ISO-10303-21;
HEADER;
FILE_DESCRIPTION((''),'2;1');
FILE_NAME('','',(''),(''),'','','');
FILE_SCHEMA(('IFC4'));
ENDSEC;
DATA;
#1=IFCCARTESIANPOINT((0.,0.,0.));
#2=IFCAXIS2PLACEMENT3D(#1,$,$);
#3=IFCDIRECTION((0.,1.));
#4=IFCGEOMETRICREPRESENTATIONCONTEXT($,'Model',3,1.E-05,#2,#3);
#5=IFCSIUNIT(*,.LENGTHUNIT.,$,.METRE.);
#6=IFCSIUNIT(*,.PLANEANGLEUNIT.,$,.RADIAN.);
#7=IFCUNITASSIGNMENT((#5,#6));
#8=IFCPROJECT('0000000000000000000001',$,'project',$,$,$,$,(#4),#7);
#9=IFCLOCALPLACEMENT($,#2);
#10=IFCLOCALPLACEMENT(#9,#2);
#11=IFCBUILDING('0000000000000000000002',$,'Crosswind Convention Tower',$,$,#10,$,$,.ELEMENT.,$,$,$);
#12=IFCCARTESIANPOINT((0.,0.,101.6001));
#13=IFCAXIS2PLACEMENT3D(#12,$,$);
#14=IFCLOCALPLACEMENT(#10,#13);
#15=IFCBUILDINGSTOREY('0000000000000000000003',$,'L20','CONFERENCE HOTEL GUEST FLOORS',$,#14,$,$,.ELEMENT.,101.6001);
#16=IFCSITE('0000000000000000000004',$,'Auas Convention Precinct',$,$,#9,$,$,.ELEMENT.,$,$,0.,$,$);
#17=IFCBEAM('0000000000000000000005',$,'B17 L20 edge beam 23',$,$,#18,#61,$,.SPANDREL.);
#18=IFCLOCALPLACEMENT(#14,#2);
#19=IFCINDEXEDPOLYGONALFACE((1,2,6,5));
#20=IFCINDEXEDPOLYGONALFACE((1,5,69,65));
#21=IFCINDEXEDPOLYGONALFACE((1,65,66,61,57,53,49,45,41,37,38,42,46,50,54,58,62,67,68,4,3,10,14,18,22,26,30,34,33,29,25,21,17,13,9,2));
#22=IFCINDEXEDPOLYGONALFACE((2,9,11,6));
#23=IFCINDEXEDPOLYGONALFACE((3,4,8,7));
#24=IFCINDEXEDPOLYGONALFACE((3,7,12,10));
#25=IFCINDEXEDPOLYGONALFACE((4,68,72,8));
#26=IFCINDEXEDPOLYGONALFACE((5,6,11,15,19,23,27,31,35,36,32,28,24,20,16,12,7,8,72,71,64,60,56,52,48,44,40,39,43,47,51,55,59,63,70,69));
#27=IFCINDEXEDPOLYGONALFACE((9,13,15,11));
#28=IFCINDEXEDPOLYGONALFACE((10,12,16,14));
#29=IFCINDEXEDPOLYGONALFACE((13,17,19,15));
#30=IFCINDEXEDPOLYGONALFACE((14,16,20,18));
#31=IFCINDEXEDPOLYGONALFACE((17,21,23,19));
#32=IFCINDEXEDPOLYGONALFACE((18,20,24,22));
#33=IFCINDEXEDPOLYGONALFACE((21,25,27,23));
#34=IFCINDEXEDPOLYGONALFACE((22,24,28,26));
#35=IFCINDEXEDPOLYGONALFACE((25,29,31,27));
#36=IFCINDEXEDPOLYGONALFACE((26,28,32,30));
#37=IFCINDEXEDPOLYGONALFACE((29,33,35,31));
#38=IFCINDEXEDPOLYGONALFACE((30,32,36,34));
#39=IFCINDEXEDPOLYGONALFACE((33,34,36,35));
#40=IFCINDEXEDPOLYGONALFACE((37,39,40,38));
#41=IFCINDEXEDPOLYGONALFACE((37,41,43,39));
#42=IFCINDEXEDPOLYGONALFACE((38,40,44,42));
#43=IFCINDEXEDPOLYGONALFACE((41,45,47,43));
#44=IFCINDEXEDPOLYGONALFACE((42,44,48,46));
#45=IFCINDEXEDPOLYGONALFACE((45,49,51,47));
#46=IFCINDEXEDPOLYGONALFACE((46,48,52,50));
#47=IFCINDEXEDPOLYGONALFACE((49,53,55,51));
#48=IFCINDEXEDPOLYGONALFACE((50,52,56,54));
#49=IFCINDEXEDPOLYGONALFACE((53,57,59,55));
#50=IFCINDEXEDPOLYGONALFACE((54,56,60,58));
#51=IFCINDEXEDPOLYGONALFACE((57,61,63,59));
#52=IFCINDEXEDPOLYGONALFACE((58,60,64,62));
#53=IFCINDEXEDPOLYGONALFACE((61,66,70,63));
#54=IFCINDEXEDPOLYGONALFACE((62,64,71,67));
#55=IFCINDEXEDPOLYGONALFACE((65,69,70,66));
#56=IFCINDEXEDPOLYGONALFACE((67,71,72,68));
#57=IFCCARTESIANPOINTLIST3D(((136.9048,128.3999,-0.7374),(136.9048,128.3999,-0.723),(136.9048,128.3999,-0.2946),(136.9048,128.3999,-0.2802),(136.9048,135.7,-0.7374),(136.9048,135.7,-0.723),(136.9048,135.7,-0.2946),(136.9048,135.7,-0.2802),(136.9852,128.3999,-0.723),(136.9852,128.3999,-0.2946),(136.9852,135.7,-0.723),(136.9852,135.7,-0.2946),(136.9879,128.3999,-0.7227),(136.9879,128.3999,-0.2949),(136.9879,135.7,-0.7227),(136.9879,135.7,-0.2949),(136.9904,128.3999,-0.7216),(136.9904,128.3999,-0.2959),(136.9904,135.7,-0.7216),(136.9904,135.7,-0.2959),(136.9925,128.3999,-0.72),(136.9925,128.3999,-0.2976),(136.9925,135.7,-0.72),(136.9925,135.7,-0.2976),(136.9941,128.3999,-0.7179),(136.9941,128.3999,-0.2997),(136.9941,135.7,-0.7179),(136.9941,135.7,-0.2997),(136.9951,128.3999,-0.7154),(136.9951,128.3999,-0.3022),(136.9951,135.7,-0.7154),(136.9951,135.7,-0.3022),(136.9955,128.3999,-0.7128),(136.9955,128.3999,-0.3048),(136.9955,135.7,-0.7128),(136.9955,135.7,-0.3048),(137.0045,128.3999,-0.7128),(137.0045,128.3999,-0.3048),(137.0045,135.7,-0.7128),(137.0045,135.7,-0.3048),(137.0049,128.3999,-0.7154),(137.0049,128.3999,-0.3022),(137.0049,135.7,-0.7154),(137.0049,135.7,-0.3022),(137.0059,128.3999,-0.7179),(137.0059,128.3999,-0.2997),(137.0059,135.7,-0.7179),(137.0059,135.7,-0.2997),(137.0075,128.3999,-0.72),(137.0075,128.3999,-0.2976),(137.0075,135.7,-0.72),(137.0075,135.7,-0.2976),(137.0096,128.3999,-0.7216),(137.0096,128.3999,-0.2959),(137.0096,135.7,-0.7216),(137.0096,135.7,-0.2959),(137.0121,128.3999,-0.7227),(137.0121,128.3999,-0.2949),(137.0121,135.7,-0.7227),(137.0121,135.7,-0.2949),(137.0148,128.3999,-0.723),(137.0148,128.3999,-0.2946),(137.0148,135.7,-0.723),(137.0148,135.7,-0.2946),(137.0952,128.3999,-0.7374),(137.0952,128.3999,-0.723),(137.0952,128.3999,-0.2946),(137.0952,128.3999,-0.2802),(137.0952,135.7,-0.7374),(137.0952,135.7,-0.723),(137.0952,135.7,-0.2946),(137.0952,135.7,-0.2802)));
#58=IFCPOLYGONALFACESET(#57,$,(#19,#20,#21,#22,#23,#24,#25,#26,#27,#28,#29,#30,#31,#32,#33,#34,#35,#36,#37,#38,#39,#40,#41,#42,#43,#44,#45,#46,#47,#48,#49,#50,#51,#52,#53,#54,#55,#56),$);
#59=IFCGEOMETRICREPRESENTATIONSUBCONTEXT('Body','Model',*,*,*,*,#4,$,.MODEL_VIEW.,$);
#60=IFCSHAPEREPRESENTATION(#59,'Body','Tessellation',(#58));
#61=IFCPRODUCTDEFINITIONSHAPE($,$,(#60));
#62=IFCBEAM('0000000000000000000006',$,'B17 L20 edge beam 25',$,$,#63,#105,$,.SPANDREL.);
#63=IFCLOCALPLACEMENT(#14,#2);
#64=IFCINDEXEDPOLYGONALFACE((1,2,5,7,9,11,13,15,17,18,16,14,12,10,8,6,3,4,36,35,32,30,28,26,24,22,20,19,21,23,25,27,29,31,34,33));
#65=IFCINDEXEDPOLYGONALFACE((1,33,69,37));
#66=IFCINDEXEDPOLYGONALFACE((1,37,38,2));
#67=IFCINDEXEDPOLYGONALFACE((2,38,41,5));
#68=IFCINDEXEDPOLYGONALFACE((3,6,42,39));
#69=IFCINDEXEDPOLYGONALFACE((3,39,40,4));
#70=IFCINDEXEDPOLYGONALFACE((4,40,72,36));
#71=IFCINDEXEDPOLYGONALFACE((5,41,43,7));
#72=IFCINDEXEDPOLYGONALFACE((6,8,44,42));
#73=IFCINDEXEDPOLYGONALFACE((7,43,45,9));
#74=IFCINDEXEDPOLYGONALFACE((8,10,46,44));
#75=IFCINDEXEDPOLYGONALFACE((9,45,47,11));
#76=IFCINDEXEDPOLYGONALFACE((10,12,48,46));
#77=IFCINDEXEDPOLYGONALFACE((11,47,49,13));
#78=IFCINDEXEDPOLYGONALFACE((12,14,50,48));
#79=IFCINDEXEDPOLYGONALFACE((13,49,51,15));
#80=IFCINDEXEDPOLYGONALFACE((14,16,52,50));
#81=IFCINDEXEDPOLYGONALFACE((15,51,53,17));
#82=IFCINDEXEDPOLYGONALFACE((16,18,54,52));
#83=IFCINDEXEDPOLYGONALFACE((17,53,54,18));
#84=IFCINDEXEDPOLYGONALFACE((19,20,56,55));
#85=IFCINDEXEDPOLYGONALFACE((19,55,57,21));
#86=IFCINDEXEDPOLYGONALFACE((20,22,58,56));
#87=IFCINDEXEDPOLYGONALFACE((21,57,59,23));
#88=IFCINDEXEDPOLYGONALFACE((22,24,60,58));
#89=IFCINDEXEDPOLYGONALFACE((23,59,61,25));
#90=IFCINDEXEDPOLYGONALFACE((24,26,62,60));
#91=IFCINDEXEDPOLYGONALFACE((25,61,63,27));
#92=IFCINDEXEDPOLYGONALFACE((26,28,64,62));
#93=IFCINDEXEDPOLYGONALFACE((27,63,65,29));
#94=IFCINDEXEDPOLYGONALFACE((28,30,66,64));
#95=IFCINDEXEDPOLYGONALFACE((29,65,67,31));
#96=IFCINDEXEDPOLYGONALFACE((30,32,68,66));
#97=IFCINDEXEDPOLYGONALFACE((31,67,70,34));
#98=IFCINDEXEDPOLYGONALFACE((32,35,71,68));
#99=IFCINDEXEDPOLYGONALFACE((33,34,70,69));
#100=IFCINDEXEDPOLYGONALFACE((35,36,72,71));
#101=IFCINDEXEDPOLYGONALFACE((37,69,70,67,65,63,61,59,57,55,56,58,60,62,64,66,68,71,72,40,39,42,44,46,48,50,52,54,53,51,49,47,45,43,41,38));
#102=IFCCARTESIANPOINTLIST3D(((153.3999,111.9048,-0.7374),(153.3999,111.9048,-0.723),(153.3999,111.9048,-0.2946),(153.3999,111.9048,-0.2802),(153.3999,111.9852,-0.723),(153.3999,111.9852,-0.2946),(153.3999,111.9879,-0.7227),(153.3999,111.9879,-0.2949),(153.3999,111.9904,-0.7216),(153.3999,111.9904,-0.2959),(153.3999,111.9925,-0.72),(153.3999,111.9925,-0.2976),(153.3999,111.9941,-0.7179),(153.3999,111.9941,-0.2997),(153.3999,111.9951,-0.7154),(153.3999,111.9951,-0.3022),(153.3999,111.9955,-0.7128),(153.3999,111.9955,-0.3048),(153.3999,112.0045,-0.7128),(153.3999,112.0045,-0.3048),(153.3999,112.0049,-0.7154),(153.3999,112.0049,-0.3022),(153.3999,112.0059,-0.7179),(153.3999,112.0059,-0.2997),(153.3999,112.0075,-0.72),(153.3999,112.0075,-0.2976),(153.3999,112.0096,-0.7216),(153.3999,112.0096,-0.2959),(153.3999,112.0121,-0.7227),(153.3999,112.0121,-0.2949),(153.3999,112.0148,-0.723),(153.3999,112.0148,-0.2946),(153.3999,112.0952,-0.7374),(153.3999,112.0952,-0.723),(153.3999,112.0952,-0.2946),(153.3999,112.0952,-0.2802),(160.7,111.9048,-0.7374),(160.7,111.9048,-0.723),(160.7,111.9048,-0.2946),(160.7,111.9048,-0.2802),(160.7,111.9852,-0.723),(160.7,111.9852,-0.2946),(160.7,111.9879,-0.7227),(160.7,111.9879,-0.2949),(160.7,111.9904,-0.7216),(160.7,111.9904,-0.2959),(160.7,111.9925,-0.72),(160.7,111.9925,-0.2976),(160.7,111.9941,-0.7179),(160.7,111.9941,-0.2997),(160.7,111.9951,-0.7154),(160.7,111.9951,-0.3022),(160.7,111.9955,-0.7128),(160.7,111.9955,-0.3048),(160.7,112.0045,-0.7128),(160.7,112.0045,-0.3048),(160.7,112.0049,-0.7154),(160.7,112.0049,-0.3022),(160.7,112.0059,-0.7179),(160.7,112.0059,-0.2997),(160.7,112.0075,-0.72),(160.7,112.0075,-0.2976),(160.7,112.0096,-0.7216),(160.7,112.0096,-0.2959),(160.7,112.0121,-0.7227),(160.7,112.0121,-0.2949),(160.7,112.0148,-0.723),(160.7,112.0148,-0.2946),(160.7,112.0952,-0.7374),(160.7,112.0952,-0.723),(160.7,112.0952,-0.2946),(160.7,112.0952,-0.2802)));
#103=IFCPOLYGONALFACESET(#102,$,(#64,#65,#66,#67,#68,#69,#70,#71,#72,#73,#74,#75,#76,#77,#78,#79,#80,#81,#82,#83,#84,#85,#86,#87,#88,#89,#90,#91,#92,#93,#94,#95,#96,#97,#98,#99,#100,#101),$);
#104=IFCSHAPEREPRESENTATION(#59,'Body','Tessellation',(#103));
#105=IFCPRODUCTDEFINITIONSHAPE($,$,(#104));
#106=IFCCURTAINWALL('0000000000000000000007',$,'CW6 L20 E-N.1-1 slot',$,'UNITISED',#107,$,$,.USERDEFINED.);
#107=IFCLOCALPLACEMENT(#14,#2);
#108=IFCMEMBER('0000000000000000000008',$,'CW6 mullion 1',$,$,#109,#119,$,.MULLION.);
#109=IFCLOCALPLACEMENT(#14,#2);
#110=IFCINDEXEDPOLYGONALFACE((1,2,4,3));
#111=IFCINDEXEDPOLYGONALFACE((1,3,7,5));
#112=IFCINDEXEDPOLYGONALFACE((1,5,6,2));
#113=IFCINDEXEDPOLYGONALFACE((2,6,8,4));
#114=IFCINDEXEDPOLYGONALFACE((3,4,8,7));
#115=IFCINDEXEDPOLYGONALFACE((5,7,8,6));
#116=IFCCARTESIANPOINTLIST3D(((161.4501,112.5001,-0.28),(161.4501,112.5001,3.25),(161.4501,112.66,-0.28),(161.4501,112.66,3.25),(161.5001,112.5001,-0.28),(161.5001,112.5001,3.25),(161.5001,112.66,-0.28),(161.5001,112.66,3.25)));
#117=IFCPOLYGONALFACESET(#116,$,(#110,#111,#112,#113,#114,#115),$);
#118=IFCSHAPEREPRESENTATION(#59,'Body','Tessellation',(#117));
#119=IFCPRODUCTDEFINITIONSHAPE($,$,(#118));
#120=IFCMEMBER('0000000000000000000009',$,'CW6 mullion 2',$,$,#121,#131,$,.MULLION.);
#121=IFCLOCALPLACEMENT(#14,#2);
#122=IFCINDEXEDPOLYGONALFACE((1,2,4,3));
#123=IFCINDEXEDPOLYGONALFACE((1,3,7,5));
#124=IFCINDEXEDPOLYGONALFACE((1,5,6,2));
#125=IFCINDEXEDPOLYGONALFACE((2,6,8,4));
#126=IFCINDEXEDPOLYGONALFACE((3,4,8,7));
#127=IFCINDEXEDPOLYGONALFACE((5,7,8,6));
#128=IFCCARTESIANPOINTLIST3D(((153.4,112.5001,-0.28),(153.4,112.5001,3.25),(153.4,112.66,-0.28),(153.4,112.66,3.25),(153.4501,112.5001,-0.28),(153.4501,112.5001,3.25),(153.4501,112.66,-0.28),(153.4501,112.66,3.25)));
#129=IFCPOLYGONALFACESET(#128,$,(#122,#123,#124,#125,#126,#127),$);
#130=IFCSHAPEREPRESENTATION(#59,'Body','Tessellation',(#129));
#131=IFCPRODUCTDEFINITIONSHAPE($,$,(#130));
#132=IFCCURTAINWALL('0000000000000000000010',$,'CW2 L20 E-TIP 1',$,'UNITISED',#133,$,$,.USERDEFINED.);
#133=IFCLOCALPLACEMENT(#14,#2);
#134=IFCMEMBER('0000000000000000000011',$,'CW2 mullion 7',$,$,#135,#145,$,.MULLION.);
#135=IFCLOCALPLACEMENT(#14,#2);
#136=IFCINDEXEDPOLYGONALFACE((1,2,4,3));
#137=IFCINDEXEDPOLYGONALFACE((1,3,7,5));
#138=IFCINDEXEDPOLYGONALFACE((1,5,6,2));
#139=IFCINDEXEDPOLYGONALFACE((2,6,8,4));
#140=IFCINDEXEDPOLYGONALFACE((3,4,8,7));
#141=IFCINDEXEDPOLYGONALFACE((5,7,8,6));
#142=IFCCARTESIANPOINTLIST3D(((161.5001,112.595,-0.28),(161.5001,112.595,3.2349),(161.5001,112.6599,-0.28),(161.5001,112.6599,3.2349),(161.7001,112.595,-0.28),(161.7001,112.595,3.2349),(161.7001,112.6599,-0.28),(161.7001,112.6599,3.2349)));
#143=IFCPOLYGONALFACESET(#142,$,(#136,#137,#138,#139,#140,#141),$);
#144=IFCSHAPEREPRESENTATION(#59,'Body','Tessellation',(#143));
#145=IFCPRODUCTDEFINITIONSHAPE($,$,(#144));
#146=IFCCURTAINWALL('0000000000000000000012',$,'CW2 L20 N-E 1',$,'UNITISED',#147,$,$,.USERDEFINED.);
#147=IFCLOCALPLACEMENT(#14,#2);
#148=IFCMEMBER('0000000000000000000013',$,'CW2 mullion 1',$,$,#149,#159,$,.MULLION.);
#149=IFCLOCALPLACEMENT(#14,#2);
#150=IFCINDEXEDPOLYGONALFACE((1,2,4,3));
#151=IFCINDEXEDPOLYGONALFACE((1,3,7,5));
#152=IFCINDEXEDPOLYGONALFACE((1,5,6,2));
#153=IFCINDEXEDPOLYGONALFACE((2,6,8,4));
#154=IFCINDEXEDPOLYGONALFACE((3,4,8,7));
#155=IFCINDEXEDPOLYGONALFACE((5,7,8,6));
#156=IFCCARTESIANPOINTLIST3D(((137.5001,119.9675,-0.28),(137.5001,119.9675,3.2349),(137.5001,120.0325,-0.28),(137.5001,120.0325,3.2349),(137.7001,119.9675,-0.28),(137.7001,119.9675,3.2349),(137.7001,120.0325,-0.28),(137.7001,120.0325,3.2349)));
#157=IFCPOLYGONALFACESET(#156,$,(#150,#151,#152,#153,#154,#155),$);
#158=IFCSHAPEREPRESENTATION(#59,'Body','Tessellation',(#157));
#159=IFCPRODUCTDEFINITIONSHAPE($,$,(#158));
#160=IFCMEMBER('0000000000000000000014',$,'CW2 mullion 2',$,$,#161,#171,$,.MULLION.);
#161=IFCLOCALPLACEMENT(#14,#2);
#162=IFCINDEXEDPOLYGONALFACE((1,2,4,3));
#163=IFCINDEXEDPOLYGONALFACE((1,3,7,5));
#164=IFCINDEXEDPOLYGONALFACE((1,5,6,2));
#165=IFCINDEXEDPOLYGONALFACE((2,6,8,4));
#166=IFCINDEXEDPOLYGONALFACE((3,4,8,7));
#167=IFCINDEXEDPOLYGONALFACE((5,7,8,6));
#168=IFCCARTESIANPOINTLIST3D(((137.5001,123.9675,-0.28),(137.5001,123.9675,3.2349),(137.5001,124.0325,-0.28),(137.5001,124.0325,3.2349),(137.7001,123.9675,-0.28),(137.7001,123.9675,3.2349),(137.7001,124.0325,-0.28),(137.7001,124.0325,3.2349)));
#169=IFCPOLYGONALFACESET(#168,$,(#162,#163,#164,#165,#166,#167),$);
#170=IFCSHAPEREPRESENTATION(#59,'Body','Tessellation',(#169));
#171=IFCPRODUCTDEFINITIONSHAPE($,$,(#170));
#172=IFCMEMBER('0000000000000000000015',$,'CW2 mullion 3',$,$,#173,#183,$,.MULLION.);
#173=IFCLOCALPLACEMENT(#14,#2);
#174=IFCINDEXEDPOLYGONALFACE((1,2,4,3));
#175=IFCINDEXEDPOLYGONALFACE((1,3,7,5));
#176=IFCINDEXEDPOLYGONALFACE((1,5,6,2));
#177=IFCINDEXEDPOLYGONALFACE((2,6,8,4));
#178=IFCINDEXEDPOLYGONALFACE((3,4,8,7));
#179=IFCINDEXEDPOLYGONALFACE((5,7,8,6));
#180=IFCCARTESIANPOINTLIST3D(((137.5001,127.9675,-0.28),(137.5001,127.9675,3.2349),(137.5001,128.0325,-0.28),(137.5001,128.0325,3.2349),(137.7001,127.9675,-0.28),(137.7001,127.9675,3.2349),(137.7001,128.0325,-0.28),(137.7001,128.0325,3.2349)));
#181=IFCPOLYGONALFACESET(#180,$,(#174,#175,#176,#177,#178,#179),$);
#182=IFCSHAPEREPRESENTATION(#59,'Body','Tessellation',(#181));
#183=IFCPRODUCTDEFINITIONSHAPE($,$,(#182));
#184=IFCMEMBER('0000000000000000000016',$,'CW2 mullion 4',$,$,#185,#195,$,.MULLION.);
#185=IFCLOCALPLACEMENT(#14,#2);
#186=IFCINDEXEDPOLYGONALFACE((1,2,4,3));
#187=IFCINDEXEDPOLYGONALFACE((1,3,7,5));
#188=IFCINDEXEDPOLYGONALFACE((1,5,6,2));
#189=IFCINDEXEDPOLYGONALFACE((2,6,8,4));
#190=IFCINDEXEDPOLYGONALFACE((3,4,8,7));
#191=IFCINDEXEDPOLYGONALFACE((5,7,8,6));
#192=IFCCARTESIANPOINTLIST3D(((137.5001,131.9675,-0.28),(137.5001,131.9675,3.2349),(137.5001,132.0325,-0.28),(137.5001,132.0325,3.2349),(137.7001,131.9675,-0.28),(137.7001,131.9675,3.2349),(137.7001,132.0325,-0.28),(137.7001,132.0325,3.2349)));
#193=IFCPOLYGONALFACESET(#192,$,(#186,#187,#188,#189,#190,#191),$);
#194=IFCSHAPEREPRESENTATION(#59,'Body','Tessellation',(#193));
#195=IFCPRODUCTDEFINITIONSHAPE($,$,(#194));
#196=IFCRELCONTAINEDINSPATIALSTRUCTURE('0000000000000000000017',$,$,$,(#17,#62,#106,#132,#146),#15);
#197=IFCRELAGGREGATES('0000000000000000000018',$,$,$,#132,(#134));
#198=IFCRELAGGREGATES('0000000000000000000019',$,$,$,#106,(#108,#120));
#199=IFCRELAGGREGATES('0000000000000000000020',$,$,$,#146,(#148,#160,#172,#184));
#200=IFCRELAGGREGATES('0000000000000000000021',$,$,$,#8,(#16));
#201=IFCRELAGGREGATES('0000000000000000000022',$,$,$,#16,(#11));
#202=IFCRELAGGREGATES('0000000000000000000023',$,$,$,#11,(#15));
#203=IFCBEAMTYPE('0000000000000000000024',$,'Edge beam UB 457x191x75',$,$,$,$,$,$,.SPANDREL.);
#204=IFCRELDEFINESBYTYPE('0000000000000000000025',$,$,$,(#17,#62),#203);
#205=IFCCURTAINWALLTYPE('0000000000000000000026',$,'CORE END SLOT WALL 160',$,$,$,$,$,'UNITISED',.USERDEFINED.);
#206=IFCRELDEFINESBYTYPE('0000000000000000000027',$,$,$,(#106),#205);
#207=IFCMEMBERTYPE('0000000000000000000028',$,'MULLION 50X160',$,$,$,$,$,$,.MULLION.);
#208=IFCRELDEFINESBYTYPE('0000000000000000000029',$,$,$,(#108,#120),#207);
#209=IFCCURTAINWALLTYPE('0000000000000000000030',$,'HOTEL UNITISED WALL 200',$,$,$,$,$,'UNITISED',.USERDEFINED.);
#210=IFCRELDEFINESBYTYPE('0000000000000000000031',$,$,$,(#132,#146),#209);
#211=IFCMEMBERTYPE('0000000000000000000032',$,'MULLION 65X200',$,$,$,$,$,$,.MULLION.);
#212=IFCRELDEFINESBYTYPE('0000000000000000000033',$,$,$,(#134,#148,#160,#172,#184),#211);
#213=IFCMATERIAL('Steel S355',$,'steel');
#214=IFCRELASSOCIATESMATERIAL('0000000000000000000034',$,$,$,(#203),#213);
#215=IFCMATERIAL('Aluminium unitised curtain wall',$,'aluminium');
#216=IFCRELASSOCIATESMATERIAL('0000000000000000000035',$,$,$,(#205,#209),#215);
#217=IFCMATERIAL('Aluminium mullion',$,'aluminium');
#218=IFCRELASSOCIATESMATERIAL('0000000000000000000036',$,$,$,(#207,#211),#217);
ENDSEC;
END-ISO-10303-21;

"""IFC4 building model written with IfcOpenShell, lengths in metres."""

from ifc_helpers import new_model, si_unit, direction, frame, origin, origin_2d, place, context, subcontext, project, spatial, rectangle, i_section, extrude, material, material_profile, profile_set, type_object, element, aggregate, save


model = new_model("IFC4")

# Units and contexts
model_context = context("Model", 3, precision=1e-05, world=origin(), true_north=direction((0.0, 1.0)))
body_context = subcontext(model_context, "Body", "Model", "MODEL_VIEW")
ifc_project = project(units=[si_unit("LENGTHUNIT", "METRE"), si_unit("PLANEANGLEUNIT", "RADIAN")], contexts=[model_context])

# Site, building, storey
site_placement = place(None, origin())
site = spatial("IfcSite", under=ifc_project, at=site_placement, Name="Auas Convention Precinct", CompositionType="ELEMENT", RefElevation=0.0)
building_placement = place(site_placement, origin())
building = spatial("IfcBuilding", under=site, at=building_placement, Name="Crosswind Convention Tower", CompositionType="ELEMENT")
storey_placement = place(building_placement, frame((0.0, 0.0, 101.6001)))
storey = spatial("IfcBuildingStorey", under=building, at=storey_placement, Name="L20", Description="CONFERENCE HOTEL GUEST FLOORS", CompositionType="ELEMENT", Elevation=101.6001)

# Beams
ifc_material_1 = material(Name="Steel S355", Category="steel")
ifc_material_profile_1 = material_profile(ifc_material_1, i_section(OverallWidth=0.1904, OverallDepth=0.4573, WebThickness=0.009, FlangeThickness=0.0144, FilletRadius=0.0103, at=origin_2d()), Name="UB 457x191x75")
ifc_profile_set_1 = profile_set([ifc_material_profile_1], Name="Steel S355")
beam_type_1 = type_object("IfcBeamType", Name="Edge beam UB 457x191x75", PredefinedType="SPANDREL", material=ifc_profile_set_1)
for number, where, z_axis, x_axis, name in (
    (1, (137.0, 128.3999, -0.5088), (0.0, 1.0, 0.0), (-1.0, 0.0, 0.0), "B17 L20 edge beam 23"),
    (2, (153.3999, 112.0, -0.5088), (1.0, 0.0, 0.0), (0.0, 1.0, 0.0), "B17 L20 edge beam 25"),
):
    element("IfcBeam", number, at=place(storey_placement, frame(where, z_axis=z_axis, x_axis=x_axis)), inside=storey, type_object=beam_type_1, Name=name, PredefinedType="SPANDREL", context=body_context, shape_type="SweptSolid", body=[
        extrude(i_section(OverallWidth=0.1904, OverallDepth=0.4573, WebThickness=0.009, FlangeThickness=0.0144, FilletRadius=0.0103, at=origin_2d()), origin(), (0.0, 0.0, 1.0), 7.3),
    ])

# Curtain wall, members
ifc_material_2 = material(Name="Aluminium unitised curtain wall", Category="aluminium")
curtain_wall_type_1 = type_object("IfcCurtainWallType", Name="CORE END SLOT WALL 160", ElementType="UNITISED", PredefinedType="USERDEFINED", material=ifc_material_2)
curtain_wall_1_placement = place(storey_placement, origin())
curtain_wall_1 = element("IfcCurtainWall", 3, at=curtain_wall_1_placement, inside=storey, type_object=curtain_wall_type_1, Name="CW6 L20 E-N.1-1 slot", ObjectType="UNITISED", PredefinedType="USERDEFINED")
ifc_material_3 = material(Name="Aluminium mullion", Category="aluminium")
ifc_material_profile_2 = material_profile(ifc_material_3, rectangle(XDim=0.1599, YDim=0.05, at=origin_2d()), Name="AL 160X50")
ifc_profile_set_2 = profile_set([ifc_material_profile_2], Name="Aluminium mullion")
member_type_1 = type_object("IfcMemberType", Name="MULLION 50X160", PredefinedType="MULLION", material=ifc_profile_set_2)
member_1_placement = place(storey_placement, frame((161.4751, 112.5801, -0.28), z_axis=(0.0, 0.0, 1.0), x_axis=(0.0, 1.0, 0.0)))
member_1 = element("IfcMember", 4, at=member_1_placement, type_object=member_type_1, Name="CW6 mullion 1", PredefinedType="MULLION", context=body_context, shape_type="SweptSolid", body=[
    extrude(rectangle(XDim=0.1599, YDim=0.05, at=origin_2d()), origin(), (0.0, 0.0, 1.0), 3.53),
])
member_2_placement = place(storey_placement, frame((153.425, 112.5801, -0.28), z_axis=(0.0, 0.0, 1.0), x_axis=(0.0, 1.0, 0.0)))
member_2 = element("IfcMember", 5, at=member_2_placement, type_object=member_type_1, Name="CW6 mullion 2", PredefinedType="MULLION", context=body_context, shape_type="SweptSolid", body=[
    extrude(rectangle(XDim=0.1599, YDim=0.05, at=origin_2d()), origin(), (0.0, 0.0, 1.0), 3.53),
])

# Curtain wall, member
curtain_wall_type_2 = type_object("IfcCurtainWallType", Name="HOTEL UNITISED WALL 200", ElementType="UNITISED", PredefinedType="USERDEFINED", material=ifc_material_2)
curtain_wall_2_placement = place(storey_placement, origin())
curtain_wall_2 = element("IfcCurtainWall", 6, at=curtain_wall_2_placement, inside=storey, type_object=curtain_wall_type_2, Name="CW2 L20 E-TIP 1", ObjectType="UNITISED", PredefinedType="USERDEFINED")
ifc_material_profile_3 = material_profile(ifc_material_3, rectangle(XDim=0.2, YDim=0.0649, at=origin_2d()), Name="AL 200X65")
ifc_profile_set_3 = profile_set([ifc_material_profile_3], Name="Aluminium mullion")
member_type_2 = type_object("IfcMemberType", Name="MULLION 65X200", PredefinedType="MULLION", material=ifc_profile_set_3)
member_3_placement = place(storey_placement, frame((161.6001, 112.6274, -0.28), z_axis=(0.0, 0.0, 1.0), x_axis=(1.0, 0.0, 0.0)))
member_3 = element("IfcMember", 7, at=member_3_placement, type_object=member_type_2, Name="CW2 mullion 7", PredefinedType="MULLION", context=body_context, shape_type="SweptSolid", body=[
    extrude(rectangle(XDim=0.2, YDim=0.0649, at=origin_2d()), origin(), (0.0, 0.0, 1.0), 3.5149),
])
aggregate(curtain_wall_2, [member_3])

# Curtain wall, members
curtain_wall_3_placement = place(storey_placement, origin())
curtain_wall_3 = element("IfcCurtainWall", 8, at=curtain_wall_3_placement, inside=storey, type_object=curtain_wall_type_2, Name="CW2 L20 N-E 1", ObjectType="UNITISED", PredefinedType="USERDEFINED")
member_4_placement = place(storey_placement, frame((137.6001, 120.0, -0.28), z_axis=(0.0, 0.0, 1.0), x_axis=(1.0, 0.0, 0.0)))
member_4 = element("IfcMember", 9, at=member_4_placement, type_object=member_type_2, Name="CW2 mullion 1", PredefinedType="MULLION", context=body_context, shape_type="SweptSolid", body=[
    extrude(rectangle(XDim=0.2, YDim=0.0649, at=origin_2d()), origin(), (0.0, 0.0, 1.0), 3.5149),
])
member_5_placement = place(storey_placement, frame((137.6001, 124.0, -0.28), z_axis=(0.0, 0.0, 1.0), x_axis=(1.0, 0.0, 0.0)))
member_5 = element("IfcMember", 10, at=member_5_placement, type_object=member_type_2, Name="CW2 mullion 2", PredefinedType="MULLION", context=body_context, shape_type="SweptSolid", body=[
    extrude(rectangle(XDim=0.2, YDim=0.0649, at=origin_2d()), origin(), (0.0, 0.0, 1.0), 3.5149),
])
member_6_placement = place(storey_placement, frame((137.6001, 128.0, -0.28), z_axis=(0.0, 0.0, 1.0), x_axis=(1.0, 0.0, 0.0)))
member_6 = element("IfcMember", 11, at=member_6_placement, type_object=member_type_2, Name="CW2 mullion 3", PredefinedType="MULLION", context=body_context, shape_type="SweptSolid", body=[
    extrude(rectangle(XDim=0.2, YDim=0.0649, at=origin_2d()), origin(), (0.0, 0.0, 1.0), 3.5149),
])
member_7_placement = place(storey_placement, frame((137.6001, 132.0, -0.28), z_axis=(0.0, 0.0, 1.0), x_axis=(1.0, 0.0, 0.0)))
member_7 = element("IfcMember", 12, at=member_7_placement, type_object=member_type_2, Name="CW2 mullion 4", PredefinedType="MULLION", context=body_context, shape_type="SweptSolid", body=[
    extrude(rectangle(XDim=0.2, YDim=0.0649, at=origin_2d()), origin(), (0.0, 0.0, 1.0), 3.5149),
])

aggregate(curtain_wall_1, [member_1, member_2])

aggregate(curtain_wall_3, [member_4, member_5, member_6, member_7])

save(model, "model.ifc")
